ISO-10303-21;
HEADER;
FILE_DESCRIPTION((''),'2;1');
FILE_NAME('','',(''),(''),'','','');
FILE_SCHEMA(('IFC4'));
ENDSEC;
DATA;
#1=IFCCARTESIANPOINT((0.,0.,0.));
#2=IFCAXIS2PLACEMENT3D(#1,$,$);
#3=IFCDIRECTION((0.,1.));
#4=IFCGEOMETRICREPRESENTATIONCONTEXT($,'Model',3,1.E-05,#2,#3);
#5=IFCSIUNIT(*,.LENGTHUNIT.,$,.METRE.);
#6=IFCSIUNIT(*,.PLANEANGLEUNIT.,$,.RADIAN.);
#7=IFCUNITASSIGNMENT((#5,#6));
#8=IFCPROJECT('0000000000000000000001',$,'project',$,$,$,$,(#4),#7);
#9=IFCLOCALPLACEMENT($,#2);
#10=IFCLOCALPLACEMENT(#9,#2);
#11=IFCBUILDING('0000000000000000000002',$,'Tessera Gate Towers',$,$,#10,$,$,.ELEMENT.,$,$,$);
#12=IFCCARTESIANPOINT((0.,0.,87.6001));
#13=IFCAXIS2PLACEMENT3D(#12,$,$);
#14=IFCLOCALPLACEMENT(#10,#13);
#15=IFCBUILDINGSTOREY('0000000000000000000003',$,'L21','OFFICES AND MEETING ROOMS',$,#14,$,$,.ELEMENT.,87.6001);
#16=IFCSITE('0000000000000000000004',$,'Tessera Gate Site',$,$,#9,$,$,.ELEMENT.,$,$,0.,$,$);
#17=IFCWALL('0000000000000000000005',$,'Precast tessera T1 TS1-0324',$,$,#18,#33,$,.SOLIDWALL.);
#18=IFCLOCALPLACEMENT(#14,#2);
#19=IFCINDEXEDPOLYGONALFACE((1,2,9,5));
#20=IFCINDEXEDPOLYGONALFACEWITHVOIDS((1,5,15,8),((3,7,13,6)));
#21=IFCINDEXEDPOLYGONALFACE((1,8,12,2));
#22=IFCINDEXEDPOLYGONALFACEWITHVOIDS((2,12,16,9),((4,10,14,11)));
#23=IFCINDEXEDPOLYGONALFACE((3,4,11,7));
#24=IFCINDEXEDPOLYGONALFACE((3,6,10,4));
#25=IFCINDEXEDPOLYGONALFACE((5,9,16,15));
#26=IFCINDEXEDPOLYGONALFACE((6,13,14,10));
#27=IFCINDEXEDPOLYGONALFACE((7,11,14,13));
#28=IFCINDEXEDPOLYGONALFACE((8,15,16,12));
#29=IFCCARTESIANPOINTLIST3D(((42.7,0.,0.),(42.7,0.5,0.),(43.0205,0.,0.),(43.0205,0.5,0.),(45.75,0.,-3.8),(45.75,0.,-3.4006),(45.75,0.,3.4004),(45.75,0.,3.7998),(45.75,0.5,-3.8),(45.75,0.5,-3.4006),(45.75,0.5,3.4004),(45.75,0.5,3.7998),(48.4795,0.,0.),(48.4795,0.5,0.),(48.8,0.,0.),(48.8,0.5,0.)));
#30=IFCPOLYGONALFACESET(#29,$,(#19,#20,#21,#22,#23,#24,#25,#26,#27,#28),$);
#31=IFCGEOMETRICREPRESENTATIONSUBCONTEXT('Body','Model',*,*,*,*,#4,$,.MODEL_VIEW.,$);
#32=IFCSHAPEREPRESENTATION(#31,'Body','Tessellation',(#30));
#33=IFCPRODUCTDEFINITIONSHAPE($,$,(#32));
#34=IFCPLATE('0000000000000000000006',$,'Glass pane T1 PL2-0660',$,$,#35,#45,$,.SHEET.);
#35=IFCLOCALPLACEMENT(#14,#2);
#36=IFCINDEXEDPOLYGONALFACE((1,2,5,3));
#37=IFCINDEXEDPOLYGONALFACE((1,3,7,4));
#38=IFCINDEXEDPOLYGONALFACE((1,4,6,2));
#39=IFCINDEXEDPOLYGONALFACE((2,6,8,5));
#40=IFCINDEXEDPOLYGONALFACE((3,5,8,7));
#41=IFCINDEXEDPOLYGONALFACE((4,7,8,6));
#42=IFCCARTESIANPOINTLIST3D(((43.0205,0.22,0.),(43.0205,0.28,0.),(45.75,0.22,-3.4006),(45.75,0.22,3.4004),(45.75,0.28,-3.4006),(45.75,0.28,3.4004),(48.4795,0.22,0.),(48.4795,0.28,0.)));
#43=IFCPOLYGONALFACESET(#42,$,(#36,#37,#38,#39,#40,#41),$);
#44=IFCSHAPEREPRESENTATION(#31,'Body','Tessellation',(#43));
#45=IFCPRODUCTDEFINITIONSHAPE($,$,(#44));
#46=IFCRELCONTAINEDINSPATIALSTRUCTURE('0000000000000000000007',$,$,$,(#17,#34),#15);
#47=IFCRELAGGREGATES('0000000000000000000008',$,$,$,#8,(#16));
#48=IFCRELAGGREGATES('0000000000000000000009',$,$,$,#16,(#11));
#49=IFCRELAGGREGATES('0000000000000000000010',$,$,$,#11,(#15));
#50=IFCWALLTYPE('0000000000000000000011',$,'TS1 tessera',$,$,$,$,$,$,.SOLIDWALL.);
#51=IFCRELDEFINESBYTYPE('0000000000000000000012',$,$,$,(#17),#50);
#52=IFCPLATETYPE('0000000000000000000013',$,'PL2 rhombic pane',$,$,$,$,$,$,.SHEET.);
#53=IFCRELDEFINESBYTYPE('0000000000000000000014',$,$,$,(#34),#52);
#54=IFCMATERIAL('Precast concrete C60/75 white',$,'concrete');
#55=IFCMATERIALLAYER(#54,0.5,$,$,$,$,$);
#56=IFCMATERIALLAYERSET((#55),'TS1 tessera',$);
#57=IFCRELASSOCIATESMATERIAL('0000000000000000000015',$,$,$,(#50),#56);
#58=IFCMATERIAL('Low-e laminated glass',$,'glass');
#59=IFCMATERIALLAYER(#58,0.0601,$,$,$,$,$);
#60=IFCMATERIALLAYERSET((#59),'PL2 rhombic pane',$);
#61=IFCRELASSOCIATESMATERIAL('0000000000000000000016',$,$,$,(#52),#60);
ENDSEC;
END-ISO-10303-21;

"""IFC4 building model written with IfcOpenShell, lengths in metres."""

from ifc_helpers import new_model, si_unit, direction, frame, origin, place, context, subcontext, project, spatial, polyline, outline, extrude, source, transform, mapped, material, layer, layer_set, type_object, element, fill, save


model = new_model("IFC4")

# Units and contexts
model_context = context("Model", 3, precision=1e-05, world=origin(), true_north=direction((0.0, 1.0)))
body_context = subcontext(model_context, "Body", "Model", "MODEL_VIEW")
ifc_project = project(units=[si_unit("LENGTHUNIT", "METRE"), si_unit("PLANEANGLEUNIT", "RADIAN")], contexts=[model_context])

# Site, building, storey
site_placement = place(None, origin())
site = spatial("IfcSite", under=ifc_project, at=site_placement, Name="Tessera Gate Site", CompositionType="ELEMENT", RefElevation=0.0)
building_placement = place(site_placement, origin())
building = spatial("IfcBuilding", under=site, at=building_placement, Name="Tessera Gate Towers", CompositionType="ELEMENT")
storey_placement = place(building_placement, frame((0.0, 0.0, 87.6001)))
storey = spatial("IfcBuildingStorey", under=building, at=storey_placement, Name="L21", Description="OFFICES AND MEETING ROOMS", CompositionType="ELEMENT", Elevation=87.6001)

# Wall, opening, plate
ifc_material_1 = material(Name="Precast concrete C60/75 white", Category="concrete")
ifc_layer_1 = layer(ifc_material_1, 0.5)
ifc_layer_set_1 = layer_set([ifc_layer_1], Name="TS1 tessera")
wall_type_1 = type_object("IfcWallType", Name="TS1 tessera", PredefinedType="SOLIDWALL", material=ifc_layer_set_1)
shared_shape_1 = source(origin(), body_context, "Body", "SweptSolid", [
    extrude(outline(polyline([(3.05, 0.0), (6.1001, 3.8), (3.05, 7.5999), (0.0, 3.8), (3.05, 0.0)])), frame((0.0, 0.25, 0.0), z_axis=(0.0, -1.0, 0.0), x_axis=(1.0, 0.0, 0.0)), (0.0, 0.0, 1.0), 0.5),
])
wall_1_placement = place(storey_placement, frame((42.7, 0.25, -3.8), z_axis=(0.0, 0.0, 1.0), x_axis=(1.0, 0.0, 0.0)))
wall_1 = element("IfcWall", 1, at=wall_1_placement, inside=storey, type_object=wall_type_1, Name="Precast tessera T1 TS1-0324", PredefinedType="SOLIDWALL", context=body_context, shape_type="MappedRepresentation", body=[
    mapped(shared_shape_1, transform((0.0, 0.0, 0.0), scale=1.0)),
])
shared_shape_2 = source(origin(), body_context, "Body", "SweptSolid", [
    extrude(outline(polyline([(3.05, 0.3994), (5.7795, 3.8), (3.05, 7.2004), (0.3206, 3.8), (3.05, 0.3994)])), frame((0.0, 0.26, 0.0), z_axis=(0.0, -1.0, 0.0), x_axis=(1.0, 0.0, 0.0)), (0.0, 0.0, 1.0), 0.52),
])
opening_1_placement = place(wall_1_placement, origin())
opening_1 = element("IfcOpeningElement", 2, at=opening_1_placement, cuts=wall_1, PredefinedType="OPENING", context=body_context, shape_type="MappedRepresentation", body=[
    mapped(shared_shape_2, transform((0.0, 0.0, 0.0), scale=1.0)),
])
ifc_material_2 = material(Name="Low-e laminated glass", Category="glass")
ifc_layer_2 = layer(ifc_material_2, 0.0601)
ifc_layer_set_2 = layer_set([ifc_layer_2], Name="PL2 rhombic pane")
plate_type = type_object("IfcPlateType", Name="PL2 rhombic pane", PredefinedType="SHEET", material=ifc_layer_set_2)
shared_shape_3 = source(origin(), body_context, "Body", "SweptSolid", [
    extrude(outline(polyline([(3.05, 0.3994), (5.7795, 3.8), (3.05, 7.2004), (0.3206, 3.8), (3.05, 0.3994)])), frame((0.0, 0.03, 0.0), z_axis=(0.0, -1.0, 0.0), x_axis=(1.0, 0.0, 0.0)), (0.0, 0.0, 1.0), 0.0601),
])
plate_placement = place(opening_1_placement, origin())
plate = element("IfcPlate", 3, at=plate_placement, inside=storey, type_object=plate_type, Name="Glass pane T1 PL2-0660", PredefinedType="SHEET", context=body_context, shape_type="MappedRepresentation", body=[
    mapped(shared_shape_3, transform((0.0, 0.0, 0.0), scale=1.0)),
])
fill(opening_1, plate)

save(model, "model.ifc")
